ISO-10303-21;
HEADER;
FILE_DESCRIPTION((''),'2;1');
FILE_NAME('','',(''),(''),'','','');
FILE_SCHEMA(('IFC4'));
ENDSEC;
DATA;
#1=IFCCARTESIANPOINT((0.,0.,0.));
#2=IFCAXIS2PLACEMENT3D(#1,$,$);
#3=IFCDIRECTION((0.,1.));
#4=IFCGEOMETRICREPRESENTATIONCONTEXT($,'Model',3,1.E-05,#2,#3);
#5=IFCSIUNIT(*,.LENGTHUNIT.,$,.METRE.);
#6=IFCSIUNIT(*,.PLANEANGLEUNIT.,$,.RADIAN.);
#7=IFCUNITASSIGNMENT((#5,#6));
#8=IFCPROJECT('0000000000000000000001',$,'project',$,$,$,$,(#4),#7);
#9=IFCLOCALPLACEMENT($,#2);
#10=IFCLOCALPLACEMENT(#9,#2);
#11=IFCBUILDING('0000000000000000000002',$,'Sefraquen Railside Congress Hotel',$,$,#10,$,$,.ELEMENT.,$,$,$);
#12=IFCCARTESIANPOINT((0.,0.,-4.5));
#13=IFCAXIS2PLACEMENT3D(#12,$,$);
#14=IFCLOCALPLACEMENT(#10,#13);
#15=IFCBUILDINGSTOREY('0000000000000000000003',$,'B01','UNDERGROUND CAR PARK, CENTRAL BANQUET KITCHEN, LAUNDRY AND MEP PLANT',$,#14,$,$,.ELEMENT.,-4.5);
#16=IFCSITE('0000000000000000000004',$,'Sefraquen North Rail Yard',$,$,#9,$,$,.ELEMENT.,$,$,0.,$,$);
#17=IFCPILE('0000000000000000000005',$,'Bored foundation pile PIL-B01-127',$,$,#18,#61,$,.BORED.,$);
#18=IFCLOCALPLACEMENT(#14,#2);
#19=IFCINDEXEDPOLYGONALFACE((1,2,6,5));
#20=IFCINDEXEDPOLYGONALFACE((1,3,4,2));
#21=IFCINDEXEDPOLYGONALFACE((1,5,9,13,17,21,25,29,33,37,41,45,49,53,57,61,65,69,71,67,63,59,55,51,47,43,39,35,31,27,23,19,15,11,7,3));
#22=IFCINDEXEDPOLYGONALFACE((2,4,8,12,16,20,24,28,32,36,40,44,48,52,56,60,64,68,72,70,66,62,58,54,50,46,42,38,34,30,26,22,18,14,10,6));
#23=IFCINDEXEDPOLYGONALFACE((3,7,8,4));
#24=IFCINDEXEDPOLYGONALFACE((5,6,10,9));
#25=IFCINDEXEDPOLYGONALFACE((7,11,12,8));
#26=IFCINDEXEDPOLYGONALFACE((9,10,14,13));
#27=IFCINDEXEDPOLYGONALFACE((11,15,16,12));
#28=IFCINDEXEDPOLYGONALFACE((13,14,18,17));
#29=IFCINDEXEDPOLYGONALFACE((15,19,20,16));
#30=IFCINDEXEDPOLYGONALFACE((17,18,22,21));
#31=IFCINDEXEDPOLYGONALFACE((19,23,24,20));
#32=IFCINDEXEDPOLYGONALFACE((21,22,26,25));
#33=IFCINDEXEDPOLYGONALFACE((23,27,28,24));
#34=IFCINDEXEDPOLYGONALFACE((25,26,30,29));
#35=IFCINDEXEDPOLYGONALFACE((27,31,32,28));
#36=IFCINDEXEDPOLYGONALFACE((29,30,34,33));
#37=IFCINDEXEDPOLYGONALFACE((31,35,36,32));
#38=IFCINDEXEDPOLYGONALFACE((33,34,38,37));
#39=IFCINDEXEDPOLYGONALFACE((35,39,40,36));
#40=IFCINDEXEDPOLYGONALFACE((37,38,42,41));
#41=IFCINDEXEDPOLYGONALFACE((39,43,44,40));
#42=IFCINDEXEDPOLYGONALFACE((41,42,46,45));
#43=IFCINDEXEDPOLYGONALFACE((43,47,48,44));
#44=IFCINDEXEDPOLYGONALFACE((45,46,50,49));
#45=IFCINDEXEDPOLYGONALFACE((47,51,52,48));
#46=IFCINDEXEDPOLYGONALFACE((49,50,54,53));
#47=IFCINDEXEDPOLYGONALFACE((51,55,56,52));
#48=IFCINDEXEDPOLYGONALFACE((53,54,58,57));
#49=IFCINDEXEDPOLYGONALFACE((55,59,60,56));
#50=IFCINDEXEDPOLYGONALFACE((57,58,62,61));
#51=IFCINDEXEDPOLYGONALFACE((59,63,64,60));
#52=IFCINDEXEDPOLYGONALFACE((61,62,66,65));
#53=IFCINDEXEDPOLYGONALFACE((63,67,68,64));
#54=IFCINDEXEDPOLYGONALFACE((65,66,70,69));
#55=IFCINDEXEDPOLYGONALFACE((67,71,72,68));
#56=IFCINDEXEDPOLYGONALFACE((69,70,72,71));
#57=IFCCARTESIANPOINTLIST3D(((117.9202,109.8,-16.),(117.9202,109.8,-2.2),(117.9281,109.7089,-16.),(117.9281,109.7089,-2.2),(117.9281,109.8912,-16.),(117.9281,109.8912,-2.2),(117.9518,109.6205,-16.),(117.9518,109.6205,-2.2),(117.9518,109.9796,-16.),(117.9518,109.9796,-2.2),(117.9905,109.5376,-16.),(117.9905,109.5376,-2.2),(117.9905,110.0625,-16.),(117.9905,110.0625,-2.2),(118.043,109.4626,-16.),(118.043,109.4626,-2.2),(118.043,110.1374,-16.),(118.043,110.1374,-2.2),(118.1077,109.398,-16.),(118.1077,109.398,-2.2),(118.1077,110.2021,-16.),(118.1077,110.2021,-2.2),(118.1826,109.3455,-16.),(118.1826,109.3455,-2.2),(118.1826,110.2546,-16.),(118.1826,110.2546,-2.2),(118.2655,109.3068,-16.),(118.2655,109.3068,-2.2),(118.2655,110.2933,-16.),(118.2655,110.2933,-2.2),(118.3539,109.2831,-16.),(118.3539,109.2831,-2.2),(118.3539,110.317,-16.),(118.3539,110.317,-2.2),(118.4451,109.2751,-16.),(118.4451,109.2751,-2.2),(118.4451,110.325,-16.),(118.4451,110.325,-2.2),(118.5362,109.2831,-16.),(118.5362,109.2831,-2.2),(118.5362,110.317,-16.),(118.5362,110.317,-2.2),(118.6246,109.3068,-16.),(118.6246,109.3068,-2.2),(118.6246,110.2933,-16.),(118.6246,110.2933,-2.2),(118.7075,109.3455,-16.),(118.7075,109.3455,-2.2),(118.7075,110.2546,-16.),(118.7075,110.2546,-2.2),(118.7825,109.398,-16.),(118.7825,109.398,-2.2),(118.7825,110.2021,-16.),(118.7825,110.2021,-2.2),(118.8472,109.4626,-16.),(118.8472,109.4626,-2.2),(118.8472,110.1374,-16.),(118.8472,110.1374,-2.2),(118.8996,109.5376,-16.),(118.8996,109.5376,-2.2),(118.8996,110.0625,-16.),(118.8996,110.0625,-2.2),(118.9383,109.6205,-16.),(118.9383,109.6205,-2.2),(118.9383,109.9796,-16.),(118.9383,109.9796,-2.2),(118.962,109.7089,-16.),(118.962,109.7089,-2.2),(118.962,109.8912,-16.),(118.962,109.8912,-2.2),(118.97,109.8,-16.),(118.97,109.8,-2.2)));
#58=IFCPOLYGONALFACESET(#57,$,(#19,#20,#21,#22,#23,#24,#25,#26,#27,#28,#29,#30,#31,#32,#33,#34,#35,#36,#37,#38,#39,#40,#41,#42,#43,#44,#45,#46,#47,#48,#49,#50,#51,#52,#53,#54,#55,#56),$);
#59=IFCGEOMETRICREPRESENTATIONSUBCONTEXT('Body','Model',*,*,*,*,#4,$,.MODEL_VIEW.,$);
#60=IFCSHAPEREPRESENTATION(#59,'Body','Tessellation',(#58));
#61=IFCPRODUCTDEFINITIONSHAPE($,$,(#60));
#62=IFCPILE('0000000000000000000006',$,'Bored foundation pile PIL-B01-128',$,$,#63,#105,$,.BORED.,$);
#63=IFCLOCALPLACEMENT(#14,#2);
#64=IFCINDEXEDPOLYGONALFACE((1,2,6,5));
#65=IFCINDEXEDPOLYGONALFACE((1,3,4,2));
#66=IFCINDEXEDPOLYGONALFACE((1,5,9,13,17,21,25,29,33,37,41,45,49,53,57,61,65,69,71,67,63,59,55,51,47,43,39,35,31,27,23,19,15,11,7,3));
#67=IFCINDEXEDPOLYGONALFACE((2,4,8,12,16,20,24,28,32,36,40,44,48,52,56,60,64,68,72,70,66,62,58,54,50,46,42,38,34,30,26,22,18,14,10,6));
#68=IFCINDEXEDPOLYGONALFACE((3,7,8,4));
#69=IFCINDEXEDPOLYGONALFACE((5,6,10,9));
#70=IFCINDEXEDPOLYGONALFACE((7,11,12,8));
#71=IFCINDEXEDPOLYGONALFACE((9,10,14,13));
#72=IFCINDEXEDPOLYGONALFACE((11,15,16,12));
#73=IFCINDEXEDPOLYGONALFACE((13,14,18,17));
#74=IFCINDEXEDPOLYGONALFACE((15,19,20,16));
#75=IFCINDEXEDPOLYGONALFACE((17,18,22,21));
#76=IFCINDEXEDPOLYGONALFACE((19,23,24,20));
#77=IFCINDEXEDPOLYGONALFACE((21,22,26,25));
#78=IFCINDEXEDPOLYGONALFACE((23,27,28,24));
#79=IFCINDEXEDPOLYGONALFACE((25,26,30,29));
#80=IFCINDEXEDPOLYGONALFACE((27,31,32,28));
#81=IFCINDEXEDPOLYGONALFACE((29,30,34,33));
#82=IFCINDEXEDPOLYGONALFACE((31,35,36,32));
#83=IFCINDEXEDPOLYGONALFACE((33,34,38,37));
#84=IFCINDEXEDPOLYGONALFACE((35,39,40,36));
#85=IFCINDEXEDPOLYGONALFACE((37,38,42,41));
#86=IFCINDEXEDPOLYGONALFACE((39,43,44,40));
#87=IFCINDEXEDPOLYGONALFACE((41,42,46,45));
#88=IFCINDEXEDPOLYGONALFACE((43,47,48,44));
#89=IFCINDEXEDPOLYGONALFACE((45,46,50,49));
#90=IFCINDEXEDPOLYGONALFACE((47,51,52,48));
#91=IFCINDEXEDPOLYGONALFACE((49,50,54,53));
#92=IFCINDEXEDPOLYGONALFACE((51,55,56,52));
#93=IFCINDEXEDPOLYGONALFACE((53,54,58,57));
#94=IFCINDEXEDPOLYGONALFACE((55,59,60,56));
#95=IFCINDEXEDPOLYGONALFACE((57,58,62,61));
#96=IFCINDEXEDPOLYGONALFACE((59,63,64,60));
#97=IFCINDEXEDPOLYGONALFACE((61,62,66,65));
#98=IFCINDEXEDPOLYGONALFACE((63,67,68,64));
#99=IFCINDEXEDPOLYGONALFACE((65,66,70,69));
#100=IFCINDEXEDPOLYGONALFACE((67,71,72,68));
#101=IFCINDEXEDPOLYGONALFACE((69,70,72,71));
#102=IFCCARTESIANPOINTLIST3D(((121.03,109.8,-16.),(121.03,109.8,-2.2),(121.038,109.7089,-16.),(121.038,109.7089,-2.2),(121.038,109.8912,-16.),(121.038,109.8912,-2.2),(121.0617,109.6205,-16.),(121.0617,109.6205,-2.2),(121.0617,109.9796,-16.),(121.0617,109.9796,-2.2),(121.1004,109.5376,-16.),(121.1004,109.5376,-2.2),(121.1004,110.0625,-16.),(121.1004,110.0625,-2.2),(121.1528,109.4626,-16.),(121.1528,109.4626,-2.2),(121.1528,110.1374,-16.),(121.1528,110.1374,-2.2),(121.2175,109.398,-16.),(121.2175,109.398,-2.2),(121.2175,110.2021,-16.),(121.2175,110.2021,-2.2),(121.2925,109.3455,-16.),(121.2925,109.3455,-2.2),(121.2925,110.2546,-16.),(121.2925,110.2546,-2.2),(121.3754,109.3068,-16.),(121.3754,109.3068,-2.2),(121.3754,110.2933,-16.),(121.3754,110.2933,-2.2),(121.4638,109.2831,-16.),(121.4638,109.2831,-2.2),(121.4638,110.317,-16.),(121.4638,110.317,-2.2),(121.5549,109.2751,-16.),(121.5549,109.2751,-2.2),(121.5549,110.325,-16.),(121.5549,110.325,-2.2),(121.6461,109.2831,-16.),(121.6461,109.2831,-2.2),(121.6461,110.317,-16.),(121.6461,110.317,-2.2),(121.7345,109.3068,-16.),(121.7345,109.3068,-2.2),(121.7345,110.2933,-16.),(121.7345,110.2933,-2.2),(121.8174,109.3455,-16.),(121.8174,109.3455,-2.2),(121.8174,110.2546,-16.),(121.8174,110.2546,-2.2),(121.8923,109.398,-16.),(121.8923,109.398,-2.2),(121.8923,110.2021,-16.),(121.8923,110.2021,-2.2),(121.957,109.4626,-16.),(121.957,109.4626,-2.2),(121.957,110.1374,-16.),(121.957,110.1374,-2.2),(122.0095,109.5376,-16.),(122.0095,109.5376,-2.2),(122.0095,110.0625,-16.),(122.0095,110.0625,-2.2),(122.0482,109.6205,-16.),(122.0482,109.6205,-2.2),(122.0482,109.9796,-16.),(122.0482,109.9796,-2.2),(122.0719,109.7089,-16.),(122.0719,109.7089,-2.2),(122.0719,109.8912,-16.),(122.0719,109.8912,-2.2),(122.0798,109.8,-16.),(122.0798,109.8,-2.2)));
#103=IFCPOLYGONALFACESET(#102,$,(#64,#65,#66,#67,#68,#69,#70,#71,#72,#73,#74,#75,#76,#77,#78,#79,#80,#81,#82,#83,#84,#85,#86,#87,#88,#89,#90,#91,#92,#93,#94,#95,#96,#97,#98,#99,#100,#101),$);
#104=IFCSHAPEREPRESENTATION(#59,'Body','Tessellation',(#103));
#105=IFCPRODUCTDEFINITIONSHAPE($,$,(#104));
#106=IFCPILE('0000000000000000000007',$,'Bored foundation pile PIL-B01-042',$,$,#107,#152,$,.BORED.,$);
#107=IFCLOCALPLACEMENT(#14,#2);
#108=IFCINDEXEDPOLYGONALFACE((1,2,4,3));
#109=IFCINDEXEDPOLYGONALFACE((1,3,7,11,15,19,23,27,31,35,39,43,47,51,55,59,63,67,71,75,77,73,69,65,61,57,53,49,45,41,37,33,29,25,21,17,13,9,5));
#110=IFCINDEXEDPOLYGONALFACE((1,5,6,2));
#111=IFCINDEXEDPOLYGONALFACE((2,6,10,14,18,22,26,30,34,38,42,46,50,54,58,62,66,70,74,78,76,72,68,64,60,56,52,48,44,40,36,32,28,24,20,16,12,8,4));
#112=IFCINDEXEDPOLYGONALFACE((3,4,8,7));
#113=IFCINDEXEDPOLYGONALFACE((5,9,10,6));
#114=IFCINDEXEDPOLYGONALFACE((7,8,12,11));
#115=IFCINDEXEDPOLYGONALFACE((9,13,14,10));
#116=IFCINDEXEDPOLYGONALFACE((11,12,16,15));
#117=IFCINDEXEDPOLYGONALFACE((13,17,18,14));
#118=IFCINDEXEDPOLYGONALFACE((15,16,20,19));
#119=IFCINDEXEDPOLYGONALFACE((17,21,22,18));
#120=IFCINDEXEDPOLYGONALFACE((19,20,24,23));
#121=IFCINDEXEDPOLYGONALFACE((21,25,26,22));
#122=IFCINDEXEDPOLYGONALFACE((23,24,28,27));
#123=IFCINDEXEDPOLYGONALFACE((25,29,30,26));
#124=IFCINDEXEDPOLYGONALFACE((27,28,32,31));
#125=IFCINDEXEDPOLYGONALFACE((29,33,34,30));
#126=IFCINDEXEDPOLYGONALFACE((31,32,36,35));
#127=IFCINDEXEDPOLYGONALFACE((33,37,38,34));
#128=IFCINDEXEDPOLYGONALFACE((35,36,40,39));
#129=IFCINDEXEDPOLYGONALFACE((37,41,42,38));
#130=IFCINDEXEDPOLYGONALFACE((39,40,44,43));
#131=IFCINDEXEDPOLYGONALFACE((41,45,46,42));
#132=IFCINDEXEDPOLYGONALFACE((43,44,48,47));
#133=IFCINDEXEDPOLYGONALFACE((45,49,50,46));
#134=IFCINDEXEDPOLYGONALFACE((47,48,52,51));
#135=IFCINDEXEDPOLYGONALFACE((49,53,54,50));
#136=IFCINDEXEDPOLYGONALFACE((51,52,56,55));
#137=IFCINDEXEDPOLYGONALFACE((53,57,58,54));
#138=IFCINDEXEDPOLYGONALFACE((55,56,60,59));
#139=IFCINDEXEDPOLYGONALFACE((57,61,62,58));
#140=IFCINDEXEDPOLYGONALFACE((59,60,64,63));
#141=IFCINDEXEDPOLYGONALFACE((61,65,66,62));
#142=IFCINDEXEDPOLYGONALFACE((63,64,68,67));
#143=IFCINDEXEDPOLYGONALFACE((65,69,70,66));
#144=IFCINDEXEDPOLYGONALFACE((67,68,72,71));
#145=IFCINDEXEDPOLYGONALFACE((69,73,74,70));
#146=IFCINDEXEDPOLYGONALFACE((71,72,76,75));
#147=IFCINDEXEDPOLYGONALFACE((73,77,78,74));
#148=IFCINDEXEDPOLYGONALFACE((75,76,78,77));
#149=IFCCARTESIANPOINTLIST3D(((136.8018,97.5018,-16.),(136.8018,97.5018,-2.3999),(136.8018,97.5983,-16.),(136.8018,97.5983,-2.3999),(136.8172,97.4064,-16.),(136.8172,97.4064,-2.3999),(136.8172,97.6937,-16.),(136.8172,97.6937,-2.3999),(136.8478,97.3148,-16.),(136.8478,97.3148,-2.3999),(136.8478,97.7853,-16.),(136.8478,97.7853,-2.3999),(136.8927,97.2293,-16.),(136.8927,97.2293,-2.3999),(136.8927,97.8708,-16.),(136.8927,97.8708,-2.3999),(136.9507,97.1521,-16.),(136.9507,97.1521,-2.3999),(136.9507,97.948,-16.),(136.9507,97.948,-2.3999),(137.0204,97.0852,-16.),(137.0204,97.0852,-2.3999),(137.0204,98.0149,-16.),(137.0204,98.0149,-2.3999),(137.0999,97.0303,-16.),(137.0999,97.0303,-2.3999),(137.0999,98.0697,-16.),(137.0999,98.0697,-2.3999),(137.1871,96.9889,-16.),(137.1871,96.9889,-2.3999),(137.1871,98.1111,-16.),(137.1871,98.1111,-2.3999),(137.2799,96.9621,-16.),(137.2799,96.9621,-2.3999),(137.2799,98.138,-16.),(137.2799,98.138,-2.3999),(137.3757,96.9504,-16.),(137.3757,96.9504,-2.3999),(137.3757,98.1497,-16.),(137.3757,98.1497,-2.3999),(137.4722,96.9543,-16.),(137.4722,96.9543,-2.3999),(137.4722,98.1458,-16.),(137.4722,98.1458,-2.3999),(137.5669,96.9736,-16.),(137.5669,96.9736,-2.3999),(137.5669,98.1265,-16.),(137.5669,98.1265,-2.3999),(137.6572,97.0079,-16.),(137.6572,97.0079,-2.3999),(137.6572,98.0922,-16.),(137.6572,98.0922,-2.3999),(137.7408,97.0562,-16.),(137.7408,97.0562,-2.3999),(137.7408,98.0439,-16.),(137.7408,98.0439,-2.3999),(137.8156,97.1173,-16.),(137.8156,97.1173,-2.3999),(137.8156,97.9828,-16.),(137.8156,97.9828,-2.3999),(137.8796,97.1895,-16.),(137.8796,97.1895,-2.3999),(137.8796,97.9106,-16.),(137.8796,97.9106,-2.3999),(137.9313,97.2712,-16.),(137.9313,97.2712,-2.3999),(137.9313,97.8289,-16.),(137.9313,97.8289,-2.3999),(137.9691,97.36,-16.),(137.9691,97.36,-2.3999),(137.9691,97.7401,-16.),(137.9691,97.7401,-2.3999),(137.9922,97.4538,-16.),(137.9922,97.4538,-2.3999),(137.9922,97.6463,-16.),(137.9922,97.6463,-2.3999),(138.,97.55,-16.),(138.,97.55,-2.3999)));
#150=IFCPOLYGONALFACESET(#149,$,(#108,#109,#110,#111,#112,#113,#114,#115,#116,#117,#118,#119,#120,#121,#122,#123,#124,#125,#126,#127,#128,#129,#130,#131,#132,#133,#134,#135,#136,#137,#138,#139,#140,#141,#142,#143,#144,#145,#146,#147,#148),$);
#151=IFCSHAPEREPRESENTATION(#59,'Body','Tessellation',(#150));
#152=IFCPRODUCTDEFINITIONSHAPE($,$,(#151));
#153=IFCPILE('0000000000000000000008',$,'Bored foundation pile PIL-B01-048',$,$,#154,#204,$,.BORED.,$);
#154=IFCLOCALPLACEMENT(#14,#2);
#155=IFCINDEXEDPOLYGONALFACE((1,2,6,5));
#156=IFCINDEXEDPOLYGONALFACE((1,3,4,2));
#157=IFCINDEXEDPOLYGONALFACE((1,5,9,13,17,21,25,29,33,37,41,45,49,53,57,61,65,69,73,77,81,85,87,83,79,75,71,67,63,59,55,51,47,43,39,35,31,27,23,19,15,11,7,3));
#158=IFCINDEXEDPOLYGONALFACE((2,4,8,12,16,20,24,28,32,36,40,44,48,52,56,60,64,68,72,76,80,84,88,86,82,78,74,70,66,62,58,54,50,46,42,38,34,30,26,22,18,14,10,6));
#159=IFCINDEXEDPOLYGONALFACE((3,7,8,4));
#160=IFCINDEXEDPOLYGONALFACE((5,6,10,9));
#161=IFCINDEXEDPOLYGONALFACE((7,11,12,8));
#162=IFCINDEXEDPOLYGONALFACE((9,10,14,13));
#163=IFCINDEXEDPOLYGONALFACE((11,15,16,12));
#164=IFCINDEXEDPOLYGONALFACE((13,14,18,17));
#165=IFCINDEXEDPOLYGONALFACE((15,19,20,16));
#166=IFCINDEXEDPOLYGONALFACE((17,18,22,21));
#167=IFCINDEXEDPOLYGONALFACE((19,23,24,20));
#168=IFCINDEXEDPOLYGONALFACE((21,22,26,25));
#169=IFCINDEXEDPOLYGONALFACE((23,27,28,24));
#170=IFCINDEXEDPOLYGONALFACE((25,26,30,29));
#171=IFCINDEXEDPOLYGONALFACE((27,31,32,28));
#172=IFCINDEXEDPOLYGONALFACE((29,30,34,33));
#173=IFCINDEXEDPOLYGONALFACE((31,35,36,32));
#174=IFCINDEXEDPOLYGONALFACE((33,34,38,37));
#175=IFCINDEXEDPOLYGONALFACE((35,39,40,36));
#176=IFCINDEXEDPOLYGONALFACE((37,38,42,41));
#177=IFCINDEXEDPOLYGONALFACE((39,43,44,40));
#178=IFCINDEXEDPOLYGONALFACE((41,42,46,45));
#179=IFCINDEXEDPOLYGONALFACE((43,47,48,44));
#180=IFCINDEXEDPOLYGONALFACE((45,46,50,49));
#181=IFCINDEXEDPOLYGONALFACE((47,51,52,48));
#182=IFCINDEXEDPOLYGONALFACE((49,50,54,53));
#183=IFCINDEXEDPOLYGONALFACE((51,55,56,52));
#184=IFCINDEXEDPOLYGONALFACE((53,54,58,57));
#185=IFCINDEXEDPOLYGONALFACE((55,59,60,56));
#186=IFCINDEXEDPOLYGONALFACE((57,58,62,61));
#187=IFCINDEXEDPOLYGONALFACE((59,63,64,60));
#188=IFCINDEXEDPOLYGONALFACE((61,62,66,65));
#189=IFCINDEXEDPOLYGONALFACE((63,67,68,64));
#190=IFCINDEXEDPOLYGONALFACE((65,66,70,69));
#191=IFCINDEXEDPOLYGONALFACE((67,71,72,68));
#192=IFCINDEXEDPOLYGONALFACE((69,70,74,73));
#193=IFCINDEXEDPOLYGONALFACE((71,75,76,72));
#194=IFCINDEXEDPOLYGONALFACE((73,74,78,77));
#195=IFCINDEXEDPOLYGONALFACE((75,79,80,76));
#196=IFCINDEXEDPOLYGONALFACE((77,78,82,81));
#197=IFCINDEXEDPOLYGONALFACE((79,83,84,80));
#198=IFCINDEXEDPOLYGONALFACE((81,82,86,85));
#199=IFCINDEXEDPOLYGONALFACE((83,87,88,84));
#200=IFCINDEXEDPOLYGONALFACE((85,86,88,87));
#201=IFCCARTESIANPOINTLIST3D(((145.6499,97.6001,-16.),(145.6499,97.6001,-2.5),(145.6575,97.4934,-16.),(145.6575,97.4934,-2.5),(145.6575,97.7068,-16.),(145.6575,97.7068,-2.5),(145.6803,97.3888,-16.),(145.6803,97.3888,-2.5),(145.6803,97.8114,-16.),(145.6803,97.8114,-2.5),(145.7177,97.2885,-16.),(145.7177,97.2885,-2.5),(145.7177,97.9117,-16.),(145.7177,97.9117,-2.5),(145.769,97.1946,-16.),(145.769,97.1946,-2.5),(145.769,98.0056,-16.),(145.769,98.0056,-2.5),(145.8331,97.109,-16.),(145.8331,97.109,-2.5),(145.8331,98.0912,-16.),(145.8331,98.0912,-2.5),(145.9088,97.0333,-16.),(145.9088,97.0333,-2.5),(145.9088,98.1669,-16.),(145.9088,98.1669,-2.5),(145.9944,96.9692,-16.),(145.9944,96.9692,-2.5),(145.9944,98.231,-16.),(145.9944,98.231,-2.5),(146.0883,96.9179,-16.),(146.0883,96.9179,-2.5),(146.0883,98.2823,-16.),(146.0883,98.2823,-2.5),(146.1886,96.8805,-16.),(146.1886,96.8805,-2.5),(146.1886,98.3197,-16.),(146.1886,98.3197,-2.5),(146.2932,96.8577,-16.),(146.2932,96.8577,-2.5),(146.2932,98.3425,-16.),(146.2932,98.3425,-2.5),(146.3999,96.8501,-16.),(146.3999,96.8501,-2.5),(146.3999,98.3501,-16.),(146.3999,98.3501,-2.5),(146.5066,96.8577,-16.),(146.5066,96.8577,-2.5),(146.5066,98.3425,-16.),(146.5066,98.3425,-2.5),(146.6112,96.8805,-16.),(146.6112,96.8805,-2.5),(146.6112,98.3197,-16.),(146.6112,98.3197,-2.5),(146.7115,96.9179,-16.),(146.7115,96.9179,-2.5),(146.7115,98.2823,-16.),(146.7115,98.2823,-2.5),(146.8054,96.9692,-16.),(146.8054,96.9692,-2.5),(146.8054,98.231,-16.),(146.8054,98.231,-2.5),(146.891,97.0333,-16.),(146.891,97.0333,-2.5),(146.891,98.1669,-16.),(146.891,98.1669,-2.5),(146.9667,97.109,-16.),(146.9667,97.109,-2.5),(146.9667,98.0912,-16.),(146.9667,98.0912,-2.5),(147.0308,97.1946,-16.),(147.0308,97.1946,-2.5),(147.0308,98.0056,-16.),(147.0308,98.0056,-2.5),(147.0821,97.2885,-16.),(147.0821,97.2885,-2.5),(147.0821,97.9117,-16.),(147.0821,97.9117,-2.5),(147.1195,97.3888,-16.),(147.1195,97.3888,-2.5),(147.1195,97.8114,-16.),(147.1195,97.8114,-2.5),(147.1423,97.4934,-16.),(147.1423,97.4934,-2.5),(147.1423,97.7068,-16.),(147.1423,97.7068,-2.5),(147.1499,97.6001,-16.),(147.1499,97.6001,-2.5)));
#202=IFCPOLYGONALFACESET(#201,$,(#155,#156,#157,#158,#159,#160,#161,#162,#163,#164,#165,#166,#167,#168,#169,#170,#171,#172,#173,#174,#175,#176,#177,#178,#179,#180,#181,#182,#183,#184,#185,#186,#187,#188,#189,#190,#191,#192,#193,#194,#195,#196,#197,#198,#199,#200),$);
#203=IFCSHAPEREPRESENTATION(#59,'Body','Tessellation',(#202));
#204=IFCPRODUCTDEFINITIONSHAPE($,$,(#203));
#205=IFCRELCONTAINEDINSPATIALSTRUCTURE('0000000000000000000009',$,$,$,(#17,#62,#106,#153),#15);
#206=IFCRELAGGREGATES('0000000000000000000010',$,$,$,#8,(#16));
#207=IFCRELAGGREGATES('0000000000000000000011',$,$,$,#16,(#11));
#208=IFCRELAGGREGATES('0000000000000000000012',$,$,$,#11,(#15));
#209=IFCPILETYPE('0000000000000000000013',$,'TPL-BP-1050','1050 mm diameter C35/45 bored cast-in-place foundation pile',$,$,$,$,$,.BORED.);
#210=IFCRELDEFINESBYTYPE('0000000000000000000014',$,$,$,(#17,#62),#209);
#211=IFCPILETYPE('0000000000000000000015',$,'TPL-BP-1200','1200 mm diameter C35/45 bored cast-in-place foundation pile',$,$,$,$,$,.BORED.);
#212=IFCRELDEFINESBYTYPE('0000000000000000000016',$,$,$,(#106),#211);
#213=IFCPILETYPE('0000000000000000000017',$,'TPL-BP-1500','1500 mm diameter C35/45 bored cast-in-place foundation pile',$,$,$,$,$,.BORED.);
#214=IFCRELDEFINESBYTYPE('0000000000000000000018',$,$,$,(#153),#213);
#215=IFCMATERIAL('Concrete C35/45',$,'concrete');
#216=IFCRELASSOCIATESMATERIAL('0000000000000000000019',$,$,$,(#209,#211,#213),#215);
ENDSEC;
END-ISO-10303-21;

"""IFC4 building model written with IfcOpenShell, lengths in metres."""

from ifc_helpers import new_model, si_unit, direction, frame, origin, origin_2d, place, context, subcontext, project, spatial, circle, extrude, material, material_profile, profile_set, type_object, element, save


model = new_model("IFC4")

# Units and contexts
model_context = context("Model", 3, precision=1e-05, world=origin(), true_north=direction((0.0, 1.0)))
body_context = subcontext(model_context, "Body", "Model", "MODEL_VIEW")
ifc_project = project(units=[si_unit("LENGTHUNIT", "METRE"), si_unit("PLANEANGLEUNIT", "RADIAN")], contexts=[model_context])

# Site, building, storey
site_placement = place(None, origin())
site = spatial("IfcSite", under=ifc_project, at=site_placement, Name="Sefraquen North Rail Yard", CompositionType="ELEMENT", RefElevation=0.0)
building_placement = place(site_placement, origin())
building = spatial("IfcBuilding", under=site, at=building_placement, Name="Sefraquen Railside Congress Hotel", CompositionType="ELEMENT")
storey_placement = place(building_placement, frame((0.0, 0.0, -4.5)))
storey = spatial("IfcBuildingStorey", under=building, at=storey_placement, Name="B01", Description="UNDERGROUND CAR PARK, CENTRAL BANQUET KITCHEN, LAUNDRY AND MEP PLANT", CompositionType="ELEMENT", Elevation=-4.5)

# Piles
ifc_material_1 = material(Name="Concrete C35/45", Category="concrete")
ifc_material_profile_1 = material_profile(ifc_material_1, circle(Radius=0.5249, at=origin_2d()), Name="BORED PILE 1050")
ifc_profile_set_1 = profile_set([ifc_material_profile_1], Name="Concrete C35/45")
pile_type_1 = type_object("IfcPileType", Name="TPL-BP-1050", Description="1050 mm diameter C35/45 bored cast-in-place foundation pile", PredefinedType="BORED", material=ifc_profile_set_1)
for number, where, z_axis, x_axis, name in (
    (1, (118.4451, 109.8, -2.2), (0.0, 0.0, -1.0), (1.0, 0.0, 0.0), "Bored foundation pile PIL-B01-127"),
    (2, (121.5549, 109.8, -2.2), (0.0, 0.0, -1.0), (1.0, 0.0, 0.0), "Bored foundation pile PIL-B01-128"),
):
    element("IfcPile", number, at=place(storey_placement, frame(where, z_axis=z_axis, x_axis=x_axis)), inside=storey, type_object=pile_type_1, Name=name, PredefinedType="BORED", context=body_context, shape_type="SweptSolid", body=[
        extrude(circle(Radius=0.5249, at=origin_2d()), origin(), (0.0, 0.0, 1.0), 13.8),
    ])
ifc_material_profile_2 = material_profile(ifc_material_1, circle(Radius=0.6001, at=origin_2d()), Name="BORED PILE 1200")
ifc_profile_set_2 = profile_set([ifc_material_profile_2], Name="Concrete C35/45")
pile_type_2 = type_object("IfcPileType", Name="TPL-BP-1200", Description="1200 mm diameter C35/45 bored cast-in-place foundation pile", PredefinedType="BORED", material=ifc_profile_set_2)
pile_1_placement = place(storey_placement, frame((137.3999, 97.55, -2.3999), z_axis=(0.0, 0.0, -1.0), x_axis=(1.0, 0.0, 0.0)))
element("IfcPile", 3, at=pile_1_placement, inside=storey, type_object=pile_type_2, Name="Bored foundation pile PIL-B01-042", PredefinedType="BORED", context=body_context, shape_type="SweptSolid", body=[
    extrude(circle(Radius=0.6001, at=origin_2d()), origin(), (0.0, 0.0, 1.0), 13.6001),
])
ifc_material_profile_3 = material_profile(ifc_material_1, circle(Radius=0.75, at=origin_2d()), Name="BORED PILE 1500")
ifc_profile_set_3 = profile_set([ifc_material_profile_3], Name="Concrete C35/45")
pile_type_3 = type_object("IfcPileType", Name="TPL-BP-1500", Description="1500 mm diameter C35/45 bored cast-in-place foundation pile", PredefinedType="BORED", material=ifc_profile_set_3)
pile_2_placement = place(storey_placement, frame((146.3999, 97.6001, -2.5), z_axis=(0.0, 0.0, -1.0), x_axis=(1.0, 0.0, 0.0)))
element("IfcPile", 4, at=pile_2_placement, inside=storey, type_object=pile_type_3, Name="Bored foundation pile PIL-B01-048", PredefinedType="BORED", context=body_context, shape_type="SweptSolid", body=[
    extrude(circle(Radius=0.75, at=origin_2d()), origin(), (0.0, 0.0, 1.0), 13.5),
])

save(model, "model.ifc")
